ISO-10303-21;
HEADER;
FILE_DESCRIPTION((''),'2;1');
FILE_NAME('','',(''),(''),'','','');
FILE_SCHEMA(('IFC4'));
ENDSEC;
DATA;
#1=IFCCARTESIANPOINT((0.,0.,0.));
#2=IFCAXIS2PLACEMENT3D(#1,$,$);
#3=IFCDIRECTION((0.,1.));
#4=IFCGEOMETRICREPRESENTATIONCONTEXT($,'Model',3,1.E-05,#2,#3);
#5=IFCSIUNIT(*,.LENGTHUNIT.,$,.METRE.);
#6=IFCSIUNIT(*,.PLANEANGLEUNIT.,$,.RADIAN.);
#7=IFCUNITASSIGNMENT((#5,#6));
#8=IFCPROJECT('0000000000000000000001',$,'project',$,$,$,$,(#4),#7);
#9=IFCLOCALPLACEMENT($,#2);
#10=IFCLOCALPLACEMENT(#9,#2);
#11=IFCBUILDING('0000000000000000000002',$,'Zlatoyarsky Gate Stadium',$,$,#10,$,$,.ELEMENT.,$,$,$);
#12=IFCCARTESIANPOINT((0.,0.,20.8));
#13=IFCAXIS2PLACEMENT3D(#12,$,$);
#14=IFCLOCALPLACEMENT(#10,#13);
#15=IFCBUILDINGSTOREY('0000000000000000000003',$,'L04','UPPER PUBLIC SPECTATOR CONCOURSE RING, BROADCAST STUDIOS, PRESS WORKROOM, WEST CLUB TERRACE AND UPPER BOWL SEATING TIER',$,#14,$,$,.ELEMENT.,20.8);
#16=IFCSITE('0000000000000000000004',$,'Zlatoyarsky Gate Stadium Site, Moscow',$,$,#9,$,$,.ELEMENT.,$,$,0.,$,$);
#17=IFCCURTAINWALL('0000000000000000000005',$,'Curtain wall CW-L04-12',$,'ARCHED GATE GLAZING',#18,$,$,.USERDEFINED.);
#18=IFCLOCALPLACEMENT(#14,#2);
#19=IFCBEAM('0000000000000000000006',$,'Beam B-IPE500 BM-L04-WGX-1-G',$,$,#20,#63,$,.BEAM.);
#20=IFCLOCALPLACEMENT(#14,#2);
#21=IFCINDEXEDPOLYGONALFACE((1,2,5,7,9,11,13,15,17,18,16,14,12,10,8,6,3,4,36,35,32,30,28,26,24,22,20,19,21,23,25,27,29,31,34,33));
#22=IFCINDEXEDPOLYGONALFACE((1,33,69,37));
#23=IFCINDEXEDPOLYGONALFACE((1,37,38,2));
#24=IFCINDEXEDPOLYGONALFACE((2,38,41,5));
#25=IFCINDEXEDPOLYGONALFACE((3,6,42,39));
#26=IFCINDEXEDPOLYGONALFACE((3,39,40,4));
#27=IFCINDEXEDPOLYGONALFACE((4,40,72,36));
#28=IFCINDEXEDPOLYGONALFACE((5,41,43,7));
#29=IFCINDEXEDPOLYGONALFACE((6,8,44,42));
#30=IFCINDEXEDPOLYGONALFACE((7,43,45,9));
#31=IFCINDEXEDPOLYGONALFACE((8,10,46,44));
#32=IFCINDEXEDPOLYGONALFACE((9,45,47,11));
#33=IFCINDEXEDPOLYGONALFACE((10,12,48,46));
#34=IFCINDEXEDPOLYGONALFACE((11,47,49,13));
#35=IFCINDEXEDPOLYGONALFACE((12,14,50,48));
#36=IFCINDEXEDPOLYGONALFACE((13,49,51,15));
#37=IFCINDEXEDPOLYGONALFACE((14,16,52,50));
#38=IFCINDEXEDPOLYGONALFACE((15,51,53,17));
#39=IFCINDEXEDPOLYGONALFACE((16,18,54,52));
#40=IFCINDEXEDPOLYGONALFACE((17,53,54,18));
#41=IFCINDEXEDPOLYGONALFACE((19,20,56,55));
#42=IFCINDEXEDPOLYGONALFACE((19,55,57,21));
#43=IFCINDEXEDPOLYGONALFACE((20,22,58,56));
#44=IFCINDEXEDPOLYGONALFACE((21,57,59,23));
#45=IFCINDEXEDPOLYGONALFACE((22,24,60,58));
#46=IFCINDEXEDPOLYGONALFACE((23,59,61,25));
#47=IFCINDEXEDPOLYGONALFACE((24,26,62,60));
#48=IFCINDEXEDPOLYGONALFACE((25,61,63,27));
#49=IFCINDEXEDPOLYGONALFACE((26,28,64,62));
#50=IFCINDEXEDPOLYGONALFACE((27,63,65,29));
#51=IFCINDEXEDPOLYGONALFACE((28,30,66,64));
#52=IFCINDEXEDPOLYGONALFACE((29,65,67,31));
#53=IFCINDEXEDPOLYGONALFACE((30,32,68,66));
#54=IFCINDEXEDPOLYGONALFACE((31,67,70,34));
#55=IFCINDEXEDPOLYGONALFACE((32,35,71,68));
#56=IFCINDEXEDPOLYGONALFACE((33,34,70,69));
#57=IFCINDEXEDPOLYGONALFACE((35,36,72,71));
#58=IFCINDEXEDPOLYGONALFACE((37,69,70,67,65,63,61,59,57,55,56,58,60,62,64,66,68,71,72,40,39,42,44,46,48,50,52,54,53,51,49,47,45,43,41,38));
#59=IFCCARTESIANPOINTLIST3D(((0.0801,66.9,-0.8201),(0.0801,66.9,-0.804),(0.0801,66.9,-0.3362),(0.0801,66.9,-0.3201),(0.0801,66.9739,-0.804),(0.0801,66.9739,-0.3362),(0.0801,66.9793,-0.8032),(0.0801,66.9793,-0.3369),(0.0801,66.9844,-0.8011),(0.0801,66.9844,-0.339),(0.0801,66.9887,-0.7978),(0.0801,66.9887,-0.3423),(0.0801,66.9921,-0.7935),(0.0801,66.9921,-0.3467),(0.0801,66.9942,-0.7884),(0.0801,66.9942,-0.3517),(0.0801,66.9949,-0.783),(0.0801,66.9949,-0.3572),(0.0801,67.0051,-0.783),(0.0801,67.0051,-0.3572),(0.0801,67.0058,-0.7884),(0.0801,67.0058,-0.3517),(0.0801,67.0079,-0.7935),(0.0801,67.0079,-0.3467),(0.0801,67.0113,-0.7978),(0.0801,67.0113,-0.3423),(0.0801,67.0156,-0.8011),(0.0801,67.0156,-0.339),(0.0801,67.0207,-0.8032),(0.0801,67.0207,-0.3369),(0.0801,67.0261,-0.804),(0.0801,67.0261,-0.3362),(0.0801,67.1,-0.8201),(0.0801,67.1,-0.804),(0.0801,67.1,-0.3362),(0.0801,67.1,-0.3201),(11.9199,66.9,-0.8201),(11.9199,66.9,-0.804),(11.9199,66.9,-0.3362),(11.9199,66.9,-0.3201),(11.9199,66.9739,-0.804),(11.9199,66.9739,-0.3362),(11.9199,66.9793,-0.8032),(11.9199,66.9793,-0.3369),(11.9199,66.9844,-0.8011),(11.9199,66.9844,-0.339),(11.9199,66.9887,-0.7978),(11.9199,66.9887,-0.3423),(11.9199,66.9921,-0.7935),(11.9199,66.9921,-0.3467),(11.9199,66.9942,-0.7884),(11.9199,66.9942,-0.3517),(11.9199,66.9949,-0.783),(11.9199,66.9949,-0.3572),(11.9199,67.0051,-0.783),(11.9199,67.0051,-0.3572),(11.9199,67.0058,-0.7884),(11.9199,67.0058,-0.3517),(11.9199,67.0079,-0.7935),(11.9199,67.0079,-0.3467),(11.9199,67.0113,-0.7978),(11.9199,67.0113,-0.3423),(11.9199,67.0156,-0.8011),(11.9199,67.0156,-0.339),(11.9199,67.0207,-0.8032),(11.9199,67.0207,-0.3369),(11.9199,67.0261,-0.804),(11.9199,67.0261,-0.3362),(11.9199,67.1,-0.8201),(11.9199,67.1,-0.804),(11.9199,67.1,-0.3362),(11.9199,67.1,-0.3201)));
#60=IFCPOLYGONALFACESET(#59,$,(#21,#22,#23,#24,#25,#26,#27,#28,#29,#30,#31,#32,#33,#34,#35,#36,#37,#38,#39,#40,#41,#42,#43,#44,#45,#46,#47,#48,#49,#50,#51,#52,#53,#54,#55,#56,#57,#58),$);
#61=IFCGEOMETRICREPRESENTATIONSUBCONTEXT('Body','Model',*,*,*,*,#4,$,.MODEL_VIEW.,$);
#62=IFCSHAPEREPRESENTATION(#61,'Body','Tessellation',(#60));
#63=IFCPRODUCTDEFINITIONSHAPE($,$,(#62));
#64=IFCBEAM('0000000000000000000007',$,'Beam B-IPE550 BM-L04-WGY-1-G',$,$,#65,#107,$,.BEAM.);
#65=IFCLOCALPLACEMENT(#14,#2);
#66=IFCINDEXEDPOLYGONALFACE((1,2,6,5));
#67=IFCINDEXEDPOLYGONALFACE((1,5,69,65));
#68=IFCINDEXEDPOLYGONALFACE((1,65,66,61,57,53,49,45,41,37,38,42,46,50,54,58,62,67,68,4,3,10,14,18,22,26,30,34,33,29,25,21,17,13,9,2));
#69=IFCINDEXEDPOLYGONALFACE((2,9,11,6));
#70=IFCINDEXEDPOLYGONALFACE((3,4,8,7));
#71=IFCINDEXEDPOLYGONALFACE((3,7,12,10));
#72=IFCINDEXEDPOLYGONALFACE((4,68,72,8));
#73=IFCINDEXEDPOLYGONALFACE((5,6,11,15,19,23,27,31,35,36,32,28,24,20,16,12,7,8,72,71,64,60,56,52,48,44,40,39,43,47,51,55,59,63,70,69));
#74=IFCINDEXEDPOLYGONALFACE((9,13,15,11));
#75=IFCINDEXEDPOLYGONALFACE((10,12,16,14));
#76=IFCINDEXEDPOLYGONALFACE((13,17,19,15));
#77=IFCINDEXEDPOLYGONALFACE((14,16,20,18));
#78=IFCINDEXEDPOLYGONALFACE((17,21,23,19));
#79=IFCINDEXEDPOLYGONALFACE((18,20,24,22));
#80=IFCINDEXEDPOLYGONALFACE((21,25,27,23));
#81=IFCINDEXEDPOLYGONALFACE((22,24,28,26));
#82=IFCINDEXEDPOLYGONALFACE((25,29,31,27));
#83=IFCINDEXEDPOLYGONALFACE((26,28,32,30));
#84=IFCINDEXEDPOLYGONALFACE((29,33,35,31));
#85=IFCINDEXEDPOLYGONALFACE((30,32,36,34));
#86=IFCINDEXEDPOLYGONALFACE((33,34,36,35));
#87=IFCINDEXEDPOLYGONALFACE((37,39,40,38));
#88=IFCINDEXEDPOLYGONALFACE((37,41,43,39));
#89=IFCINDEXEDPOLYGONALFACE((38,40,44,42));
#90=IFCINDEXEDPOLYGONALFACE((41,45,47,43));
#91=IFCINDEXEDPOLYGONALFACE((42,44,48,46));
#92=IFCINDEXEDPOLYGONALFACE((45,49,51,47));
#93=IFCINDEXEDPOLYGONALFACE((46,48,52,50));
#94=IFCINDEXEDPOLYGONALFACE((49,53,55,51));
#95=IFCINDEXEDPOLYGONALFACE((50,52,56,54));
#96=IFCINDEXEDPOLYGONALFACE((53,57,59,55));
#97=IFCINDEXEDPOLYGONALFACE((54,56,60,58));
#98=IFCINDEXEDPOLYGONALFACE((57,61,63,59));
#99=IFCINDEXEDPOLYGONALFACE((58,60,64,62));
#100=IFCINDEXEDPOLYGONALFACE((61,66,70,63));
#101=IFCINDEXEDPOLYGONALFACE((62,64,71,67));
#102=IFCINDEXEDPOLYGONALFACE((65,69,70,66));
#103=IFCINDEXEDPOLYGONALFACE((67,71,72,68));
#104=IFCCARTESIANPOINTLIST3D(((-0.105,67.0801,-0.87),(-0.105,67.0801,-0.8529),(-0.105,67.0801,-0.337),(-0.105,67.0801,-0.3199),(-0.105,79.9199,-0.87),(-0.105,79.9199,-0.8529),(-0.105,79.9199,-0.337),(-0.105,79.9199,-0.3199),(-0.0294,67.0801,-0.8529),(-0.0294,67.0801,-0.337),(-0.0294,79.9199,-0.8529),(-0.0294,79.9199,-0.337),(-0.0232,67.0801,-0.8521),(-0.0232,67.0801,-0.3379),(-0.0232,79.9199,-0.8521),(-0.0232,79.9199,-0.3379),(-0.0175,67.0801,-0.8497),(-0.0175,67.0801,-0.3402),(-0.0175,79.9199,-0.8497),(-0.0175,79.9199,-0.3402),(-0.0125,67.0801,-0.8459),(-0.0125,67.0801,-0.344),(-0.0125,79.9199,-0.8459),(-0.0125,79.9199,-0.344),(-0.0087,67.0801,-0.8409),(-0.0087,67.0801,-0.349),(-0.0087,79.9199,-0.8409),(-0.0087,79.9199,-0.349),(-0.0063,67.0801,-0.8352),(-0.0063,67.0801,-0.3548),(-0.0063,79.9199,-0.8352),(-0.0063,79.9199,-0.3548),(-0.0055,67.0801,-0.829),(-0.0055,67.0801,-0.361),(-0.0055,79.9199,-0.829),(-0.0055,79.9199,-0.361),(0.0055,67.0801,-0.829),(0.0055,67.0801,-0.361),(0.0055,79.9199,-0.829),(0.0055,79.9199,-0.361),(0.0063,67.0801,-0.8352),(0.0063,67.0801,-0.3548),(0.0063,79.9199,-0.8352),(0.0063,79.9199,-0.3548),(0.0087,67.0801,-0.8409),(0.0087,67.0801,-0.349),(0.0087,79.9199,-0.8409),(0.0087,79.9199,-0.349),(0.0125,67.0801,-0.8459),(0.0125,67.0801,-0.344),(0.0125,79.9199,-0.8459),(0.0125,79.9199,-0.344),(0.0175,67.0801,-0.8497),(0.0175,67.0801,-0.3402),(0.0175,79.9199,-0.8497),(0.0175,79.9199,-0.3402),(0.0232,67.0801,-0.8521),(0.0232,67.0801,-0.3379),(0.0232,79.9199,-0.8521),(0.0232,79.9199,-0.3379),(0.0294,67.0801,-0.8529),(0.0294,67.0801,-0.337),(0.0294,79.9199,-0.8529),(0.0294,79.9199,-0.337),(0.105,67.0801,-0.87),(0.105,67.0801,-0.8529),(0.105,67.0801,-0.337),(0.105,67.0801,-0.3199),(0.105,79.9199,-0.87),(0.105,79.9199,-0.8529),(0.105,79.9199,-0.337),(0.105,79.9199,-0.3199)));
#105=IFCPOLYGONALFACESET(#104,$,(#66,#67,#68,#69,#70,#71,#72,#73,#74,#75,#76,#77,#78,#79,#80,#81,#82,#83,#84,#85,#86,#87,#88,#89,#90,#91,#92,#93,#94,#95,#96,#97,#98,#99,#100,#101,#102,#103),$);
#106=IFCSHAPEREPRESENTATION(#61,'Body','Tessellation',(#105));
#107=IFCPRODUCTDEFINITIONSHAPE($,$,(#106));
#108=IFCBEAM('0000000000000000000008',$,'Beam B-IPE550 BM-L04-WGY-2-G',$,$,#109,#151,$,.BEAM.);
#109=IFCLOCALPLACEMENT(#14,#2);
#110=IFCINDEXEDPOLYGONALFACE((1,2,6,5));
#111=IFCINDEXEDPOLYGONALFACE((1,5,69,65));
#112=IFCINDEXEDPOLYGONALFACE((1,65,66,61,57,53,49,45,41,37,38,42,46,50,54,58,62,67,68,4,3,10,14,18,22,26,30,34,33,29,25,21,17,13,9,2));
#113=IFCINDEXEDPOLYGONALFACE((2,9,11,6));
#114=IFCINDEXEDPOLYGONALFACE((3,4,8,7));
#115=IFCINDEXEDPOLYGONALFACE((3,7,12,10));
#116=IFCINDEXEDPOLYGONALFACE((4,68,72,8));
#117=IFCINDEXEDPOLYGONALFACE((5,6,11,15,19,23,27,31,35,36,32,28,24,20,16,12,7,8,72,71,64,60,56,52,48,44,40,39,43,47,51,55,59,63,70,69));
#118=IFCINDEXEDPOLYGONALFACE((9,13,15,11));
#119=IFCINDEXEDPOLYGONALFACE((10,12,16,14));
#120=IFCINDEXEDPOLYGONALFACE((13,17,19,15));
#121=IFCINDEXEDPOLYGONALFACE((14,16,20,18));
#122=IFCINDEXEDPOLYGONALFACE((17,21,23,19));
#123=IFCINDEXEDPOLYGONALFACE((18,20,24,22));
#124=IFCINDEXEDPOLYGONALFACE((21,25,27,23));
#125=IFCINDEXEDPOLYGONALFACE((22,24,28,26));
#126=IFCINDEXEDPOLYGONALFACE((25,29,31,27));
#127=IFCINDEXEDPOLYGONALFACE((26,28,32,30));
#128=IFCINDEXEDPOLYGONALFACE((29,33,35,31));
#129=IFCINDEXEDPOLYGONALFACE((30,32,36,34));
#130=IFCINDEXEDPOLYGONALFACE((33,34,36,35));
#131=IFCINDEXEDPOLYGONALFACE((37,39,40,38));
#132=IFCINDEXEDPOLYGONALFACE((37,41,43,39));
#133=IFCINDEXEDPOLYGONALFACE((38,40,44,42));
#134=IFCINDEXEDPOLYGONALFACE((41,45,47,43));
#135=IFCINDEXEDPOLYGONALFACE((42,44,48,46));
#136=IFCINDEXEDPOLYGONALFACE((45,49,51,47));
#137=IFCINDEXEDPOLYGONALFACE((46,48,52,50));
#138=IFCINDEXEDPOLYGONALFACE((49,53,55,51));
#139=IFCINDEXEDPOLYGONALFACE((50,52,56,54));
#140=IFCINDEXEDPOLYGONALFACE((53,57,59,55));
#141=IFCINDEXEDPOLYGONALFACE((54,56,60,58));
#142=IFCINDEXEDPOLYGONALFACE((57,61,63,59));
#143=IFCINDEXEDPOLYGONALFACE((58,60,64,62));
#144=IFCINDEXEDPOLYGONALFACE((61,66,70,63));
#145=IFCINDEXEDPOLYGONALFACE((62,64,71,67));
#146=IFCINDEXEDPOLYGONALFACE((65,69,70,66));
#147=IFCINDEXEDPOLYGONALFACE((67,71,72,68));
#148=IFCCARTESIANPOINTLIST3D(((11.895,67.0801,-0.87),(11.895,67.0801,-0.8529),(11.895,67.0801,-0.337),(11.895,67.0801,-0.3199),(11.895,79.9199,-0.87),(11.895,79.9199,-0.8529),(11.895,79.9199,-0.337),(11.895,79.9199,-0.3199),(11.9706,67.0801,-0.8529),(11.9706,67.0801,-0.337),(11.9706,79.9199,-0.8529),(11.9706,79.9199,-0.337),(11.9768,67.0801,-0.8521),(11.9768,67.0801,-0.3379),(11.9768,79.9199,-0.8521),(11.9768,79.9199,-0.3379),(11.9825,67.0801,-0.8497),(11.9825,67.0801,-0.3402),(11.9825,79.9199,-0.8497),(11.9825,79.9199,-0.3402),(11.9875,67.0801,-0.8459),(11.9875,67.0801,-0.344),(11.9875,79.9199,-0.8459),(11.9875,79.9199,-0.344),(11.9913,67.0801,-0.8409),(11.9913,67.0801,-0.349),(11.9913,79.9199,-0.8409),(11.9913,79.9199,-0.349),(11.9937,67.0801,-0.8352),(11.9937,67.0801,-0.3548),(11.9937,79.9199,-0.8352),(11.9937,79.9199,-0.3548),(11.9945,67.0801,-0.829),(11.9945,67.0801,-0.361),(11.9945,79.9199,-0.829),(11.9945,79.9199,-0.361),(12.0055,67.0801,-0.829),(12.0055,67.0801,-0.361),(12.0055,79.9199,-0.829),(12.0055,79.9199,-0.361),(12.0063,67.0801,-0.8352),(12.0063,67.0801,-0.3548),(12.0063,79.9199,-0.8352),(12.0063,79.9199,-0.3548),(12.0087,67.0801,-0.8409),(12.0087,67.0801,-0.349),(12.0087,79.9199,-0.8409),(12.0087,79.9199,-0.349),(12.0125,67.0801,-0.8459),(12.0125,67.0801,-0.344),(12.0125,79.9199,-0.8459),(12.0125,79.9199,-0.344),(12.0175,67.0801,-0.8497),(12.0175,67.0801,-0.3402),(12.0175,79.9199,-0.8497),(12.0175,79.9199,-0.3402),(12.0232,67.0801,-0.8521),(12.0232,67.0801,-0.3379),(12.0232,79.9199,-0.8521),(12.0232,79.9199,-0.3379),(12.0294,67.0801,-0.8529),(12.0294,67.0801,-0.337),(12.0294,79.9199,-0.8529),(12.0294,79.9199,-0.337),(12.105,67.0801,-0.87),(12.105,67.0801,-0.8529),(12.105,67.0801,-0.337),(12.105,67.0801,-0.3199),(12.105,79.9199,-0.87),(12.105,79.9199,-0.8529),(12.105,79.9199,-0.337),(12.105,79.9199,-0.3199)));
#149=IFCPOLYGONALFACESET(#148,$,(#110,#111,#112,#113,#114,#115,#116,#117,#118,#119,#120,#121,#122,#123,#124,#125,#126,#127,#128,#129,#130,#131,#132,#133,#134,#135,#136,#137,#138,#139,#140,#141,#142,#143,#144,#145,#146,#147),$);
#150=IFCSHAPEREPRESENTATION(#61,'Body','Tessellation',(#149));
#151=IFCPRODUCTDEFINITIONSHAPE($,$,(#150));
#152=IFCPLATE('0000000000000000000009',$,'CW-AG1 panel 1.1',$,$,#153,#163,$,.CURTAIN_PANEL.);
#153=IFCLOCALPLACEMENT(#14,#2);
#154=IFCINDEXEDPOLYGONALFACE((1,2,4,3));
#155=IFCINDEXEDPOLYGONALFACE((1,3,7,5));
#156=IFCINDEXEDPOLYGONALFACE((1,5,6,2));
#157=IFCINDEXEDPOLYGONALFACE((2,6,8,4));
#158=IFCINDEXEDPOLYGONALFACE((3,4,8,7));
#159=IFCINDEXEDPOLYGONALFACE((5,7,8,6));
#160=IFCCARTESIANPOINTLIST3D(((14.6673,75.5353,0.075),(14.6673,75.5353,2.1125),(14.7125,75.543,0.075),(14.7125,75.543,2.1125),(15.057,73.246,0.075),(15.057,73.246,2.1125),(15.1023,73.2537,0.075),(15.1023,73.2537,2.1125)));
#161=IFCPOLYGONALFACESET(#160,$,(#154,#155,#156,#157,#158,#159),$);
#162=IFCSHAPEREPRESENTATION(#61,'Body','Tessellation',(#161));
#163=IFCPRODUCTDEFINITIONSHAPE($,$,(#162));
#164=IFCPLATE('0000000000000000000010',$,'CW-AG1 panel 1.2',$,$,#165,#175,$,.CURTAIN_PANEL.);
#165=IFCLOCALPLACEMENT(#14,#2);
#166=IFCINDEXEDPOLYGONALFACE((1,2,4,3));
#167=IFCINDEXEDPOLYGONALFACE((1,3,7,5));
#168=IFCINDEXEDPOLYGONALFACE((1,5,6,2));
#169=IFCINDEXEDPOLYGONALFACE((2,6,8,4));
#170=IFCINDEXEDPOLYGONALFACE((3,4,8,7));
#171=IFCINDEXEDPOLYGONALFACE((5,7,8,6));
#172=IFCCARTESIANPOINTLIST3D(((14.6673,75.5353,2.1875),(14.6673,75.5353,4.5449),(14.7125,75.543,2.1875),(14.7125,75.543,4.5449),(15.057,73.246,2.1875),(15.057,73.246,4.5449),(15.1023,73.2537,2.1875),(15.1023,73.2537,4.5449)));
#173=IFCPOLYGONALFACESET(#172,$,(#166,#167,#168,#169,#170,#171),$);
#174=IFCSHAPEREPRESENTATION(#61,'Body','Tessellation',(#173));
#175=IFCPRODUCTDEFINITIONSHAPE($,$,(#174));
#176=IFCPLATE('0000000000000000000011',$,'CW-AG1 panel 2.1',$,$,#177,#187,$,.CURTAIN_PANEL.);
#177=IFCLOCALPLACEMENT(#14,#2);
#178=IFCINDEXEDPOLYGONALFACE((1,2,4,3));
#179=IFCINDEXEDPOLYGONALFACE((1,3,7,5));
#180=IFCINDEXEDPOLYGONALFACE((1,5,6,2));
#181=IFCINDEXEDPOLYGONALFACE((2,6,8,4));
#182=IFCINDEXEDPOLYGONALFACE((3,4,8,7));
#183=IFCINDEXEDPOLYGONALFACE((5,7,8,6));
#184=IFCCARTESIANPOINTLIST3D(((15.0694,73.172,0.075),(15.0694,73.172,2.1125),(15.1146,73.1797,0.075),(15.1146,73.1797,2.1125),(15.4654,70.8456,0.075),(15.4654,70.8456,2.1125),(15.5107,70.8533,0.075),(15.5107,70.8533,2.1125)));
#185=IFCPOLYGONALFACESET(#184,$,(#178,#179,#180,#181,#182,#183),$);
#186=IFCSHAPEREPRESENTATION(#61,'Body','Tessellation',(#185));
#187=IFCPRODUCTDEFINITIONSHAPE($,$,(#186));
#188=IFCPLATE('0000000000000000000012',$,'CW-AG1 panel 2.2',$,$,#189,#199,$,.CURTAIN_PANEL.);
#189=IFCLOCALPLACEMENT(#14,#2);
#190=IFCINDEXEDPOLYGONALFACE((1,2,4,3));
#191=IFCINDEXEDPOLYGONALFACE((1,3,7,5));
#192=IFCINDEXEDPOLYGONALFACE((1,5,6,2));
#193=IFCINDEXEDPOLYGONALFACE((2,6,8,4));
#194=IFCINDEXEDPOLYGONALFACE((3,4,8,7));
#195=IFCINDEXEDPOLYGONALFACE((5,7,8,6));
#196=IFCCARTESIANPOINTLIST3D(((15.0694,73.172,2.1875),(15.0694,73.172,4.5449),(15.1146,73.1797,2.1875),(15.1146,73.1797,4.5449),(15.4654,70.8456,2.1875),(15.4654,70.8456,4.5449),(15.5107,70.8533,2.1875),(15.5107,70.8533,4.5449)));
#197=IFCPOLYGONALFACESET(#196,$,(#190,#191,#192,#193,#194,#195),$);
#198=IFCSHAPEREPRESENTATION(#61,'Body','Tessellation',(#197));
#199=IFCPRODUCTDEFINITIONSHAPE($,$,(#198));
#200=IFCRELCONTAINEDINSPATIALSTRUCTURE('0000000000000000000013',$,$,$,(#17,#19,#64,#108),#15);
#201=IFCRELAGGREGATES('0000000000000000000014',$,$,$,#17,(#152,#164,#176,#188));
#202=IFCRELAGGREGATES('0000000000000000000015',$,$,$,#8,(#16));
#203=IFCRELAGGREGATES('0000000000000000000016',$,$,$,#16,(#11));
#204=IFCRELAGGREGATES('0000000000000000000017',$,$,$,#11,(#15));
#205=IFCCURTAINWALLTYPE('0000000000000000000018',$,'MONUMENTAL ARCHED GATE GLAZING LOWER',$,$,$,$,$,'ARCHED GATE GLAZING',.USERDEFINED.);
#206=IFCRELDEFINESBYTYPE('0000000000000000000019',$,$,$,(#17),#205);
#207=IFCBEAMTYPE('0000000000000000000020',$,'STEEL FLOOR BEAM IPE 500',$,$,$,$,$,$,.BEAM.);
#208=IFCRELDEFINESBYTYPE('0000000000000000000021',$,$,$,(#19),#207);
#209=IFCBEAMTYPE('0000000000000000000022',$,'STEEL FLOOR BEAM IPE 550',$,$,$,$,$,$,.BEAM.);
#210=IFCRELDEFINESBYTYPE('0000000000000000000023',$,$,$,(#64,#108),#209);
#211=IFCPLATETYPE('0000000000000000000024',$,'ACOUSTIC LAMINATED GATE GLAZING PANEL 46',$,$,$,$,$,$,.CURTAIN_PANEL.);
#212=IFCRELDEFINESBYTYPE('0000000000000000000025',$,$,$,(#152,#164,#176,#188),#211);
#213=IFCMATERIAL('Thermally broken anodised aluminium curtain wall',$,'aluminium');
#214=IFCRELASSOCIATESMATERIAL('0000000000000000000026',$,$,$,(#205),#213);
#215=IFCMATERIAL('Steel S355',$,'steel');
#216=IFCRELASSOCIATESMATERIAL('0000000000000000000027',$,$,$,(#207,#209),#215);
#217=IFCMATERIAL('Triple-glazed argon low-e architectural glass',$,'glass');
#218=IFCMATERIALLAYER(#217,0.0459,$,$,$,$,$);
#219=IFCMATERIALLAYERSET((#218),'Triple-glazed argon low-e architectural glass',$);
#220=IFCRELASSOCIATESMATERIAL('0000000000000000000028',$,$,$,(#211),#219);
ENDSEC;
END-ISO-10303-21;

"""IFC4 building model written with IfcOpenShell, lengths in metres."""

from ifc_helpers import new_model, si_unit, direction, frame, origin, origin_2d, place, context, subcontext, project, spatial, rectangle, i_section, extrude, material, layer, layer_set, material_profile, profile_set, type_object, element, aggregate, save


model = new_model("IFC4")

# Units and contexts
model_context = context("Model", 3, precision=1e-05, world=origin(), true_north=direction((0.0, 1.0)))
body_context = subcontext(model_context, "Body", "Model", "MODEL_VIEW")
ifc_project = project(units=[si_unit("LENGTHUNIT", "METRE"), si_unit("PLANEANGLEUNIT", "RADIAN")], contexts=[model_context])

# Site, building, storey
site_placement = place(None, origin())
site = spatial("IfcSite", under=ifc_project, at=site_placement, Name="Zlatoyarsky Gate Stadium Site, Moscow", CompositionType="ELEMENT", RefElevation=0.0)
building_placement = place(site_placement, origin())
building = spatial("IfcBuilding", under=site, at=building_placement, Name="Zlatoyarsky Gate Stadium", CompositionType="ELEMENT")
storey_placement = place(building_placement, frame((0.0, 0.0, 20.8)))
storey = spatial("IfcBuildingStorey", under=building, at=storey_placement, Name="L04", Description="UPPER PUBLIC SPECTATOR CONCOURSE RING, BROADCAST STUDIOS, PRESS WORKROOM, WEST CLUB TERRACE AND UPPER BOWL SEATING TIER", CompositionType="ELEMENT", Elevation=20.8)

# Shared definitions
ifc_material_1 = material(Name="Steel S355", Category="steel")

# Curtain wall
ifc_material_2 = material(Name="Thermally broken anodised aluminium curtain wall", Category="aluminium")
curtain_wall_type = type_object("IfcCurtainWallType", Name="MONUMENTAL ARCHED GATE GLAZING LOWER", ElementType="ARCHED GATE GLAZING", PredefinedType="USERDEFINED", material=ifc_material_2)
curtain_wall_placement = place(storey_placement, origin())
curtain_wall = element("IfcCurtainWall", 1, at=curtain_wall_placement, inside=storey, type_object=curtain_wall_type, Name="Curtain wall CW-L04-12", ObjectType="ARCHED GATE GLAZING", PredefinedType="USERDEFINED")

# Beams
ifc_material_profile_1 = material_profile(ifc_material_1, i_section(OverallWidth=0.2, OverallDepth=0.5, WebThickness=0.0103, FlangeThickness=0.0161, FilletRadius=0.021, at=origin_2d()), Name="IPE 500")
ifc_profile_set_1 = profile_set([ifc_material_profile_1], Name="Steel S355")
beam_type_1 = type_object("IfcBeamType", Name="STEEL FLOOR BEAM IPE 500", PredefinedType="BEAM", material=ifc_profile_set_1)
beam_placement = place(storey_placement, frame((0.0801, 67.0, -0.5701), z_axis=(1.0, 0.0, 0.0), x_axis=(0.0, 1.0, 0.0)))
element("IfcBeam", 2, at=beam_placement, inside=storey, type_object=beam_type_1, Name="Beam B-IPE500 BM-L04-WGX-1-G", PredefinedType="BEAM", context=body_context, shape_type="SweptSolid", body=[
    extrude(i_section(OverallWidth=0.2, OverallDepth=0.5, WebThickness=0.0103, FlangeThickness=0.0161, FilletRadius=0.021, at=origin_2d()), origin(), (0.0, 0.0, 1.0), 11.8398),
])
ifc_material_profile_2 = material_profile(ifc_material_1, i_section(OverallWidth=0.21, OverallDepth=0.55, WebThickness=0.011, FlangeThickness=0.0171, FilletRadius=0.0239, at=origin_2d()), Name="IPE 550")
ifc_profile_set_2 = profile_set([ifc_material_profile_2], Name="Steel S355")
beam_type_2 = type_object("IfcBeamType", Name="STEEL FLOOR BEAM IPE 550", PredefinedType="BEAM", material=ifc_profile_set_2)
for number, where, z_axis, x_axis, name in (
    (3, (0.0, 67.0801, -0.595), (0.0, 1.0, 0.0), (-1.0, 0.0, 0.0), "Beam B-IPE550 BM-L04-WGY-1-G"),
    (4, (12.0, 67.0801, -0.595), (0.0, 1.0, 0.0), (-1.0, 0.0, 0.0), "Beam B-IPE550 BM-L04-WGY-2-G"),
):
    element("IfcBeam", number, at=place(storey_placement, frame(where, z_axis=z_axis, x_axis=x_axis)), inside=storey, type_object=beam_type_2, Name=name, PredefinedType="BEAM", context=body_context, shape_type="SweptSolid", body=[
        extrude(i_section(OverallWidth=0.21, OverallDepth=0.55, WebThickness=0.011, FlangeThickness=0.0171, FilletRadius=0.0239, at=origin_2d()), origin(), (0.0, 0.0, 1.0), 12.8398),
    ])

# Plates
ifc_material_3 = material(Name="Triple-glazed argon low-e architectural glass", Category="glass")
ifc_layer = layer(ifc_material_3, 0.0459)
ifc_layer_set = layer_set([ifc_layer], Name="Triple-glazed argon low-e architectural glass")
plate_type = type_object("IfcPlateType", Name="ACOUSTIC LAMINATED GATE GLAZING PANEL 46", PredefinedType="CURTAIN_PANEL", material=ifc_layer_set)
plate_1_placement = place(storey_placement, frame((14.8848, 74.3945, 0.075), z_axis=(0.0, 0.0, 1.0), x_axis=(0.167822, -0.985817, 0.0)))
plate_1 = element("IfcPlate", 5, at=plate_1_placement, type_object=plate_type, Name="CW-AG1 panel 1.1", PredefinedType="CURTAIN_PANEL", context=body_context, shape_type="SweptSolid", body=[
    extrude(rectangle(XDim=2.3223, YDim=0.0459, at=origin_2d()), origin(), (0.0, 0.0, 1.0), 2.0376),
])
plate_2_placement = place(storey_placement, frame((14.8848, 74.3945, 2.1875), z_axis=(0.0, 0.0, 1.0), x_axis=(0.167822, -0.985817, 0.0)))
plate_2 = element("IfcPlate", 6, at=plate_2_placement, type_object=plate_type, Name="CW-AG1 panel 1.2", PredefinedType="CURTAIN_PANEL", context=body_context, shape_type="SweptSolid", body=[
    extrude(rectangle(XDim=2.3223, YDim=0.0459, at=origin_2d()), origin(), (0.0, 0.0, 1.0), 2.3574),
])
plate_3_placement = place(storey_placement, frame((15.29, 72.0127, 0.075), z_axis=(0.0, 0.0, 1.0), x_axis=(0.167822, -0.985817, 0.0)))
plate_3 = element("IfcPlate", 7, at=plate_3_placement, type_object=plate_type, Name="CW-AG1 panel 2.1", PredefinedType="CURTAIN_PANEL", context=body_context, shape_type="SweptSolid", body=[
    extrude(rectangle(XDim=2.3599, YDim=0.0459, at=origin_2d()), origin(), (0.0, 0.0, 1.0), 2.0376),
])
plate_4_placement = place(storey_placement, frame((15.29, 72.0127, 2.1875), z_axis=(0.0, 0.0, 1.0), x_axis=(0.167822, -0.985817, 0.0)))
plate_4 = element("IfcPlate", 8, at=plate_4_placement, type_object=plate_type, Name="CW-AG1 panel 2.2", PredefinedType="CURTAIN_PANEL", context=body_context, shape_type="SweptSolid", body=[
    extrude(rectangle(XDim=2.3599, YDim=0.0459, at=origin_2d()), origin(), (0.0, 0.0, 1.0), 2.3574),
])
aggregate(curtain_wall, [plate_1, plate_2, plate_3, plate_4])

save(model, "model.ifc")
